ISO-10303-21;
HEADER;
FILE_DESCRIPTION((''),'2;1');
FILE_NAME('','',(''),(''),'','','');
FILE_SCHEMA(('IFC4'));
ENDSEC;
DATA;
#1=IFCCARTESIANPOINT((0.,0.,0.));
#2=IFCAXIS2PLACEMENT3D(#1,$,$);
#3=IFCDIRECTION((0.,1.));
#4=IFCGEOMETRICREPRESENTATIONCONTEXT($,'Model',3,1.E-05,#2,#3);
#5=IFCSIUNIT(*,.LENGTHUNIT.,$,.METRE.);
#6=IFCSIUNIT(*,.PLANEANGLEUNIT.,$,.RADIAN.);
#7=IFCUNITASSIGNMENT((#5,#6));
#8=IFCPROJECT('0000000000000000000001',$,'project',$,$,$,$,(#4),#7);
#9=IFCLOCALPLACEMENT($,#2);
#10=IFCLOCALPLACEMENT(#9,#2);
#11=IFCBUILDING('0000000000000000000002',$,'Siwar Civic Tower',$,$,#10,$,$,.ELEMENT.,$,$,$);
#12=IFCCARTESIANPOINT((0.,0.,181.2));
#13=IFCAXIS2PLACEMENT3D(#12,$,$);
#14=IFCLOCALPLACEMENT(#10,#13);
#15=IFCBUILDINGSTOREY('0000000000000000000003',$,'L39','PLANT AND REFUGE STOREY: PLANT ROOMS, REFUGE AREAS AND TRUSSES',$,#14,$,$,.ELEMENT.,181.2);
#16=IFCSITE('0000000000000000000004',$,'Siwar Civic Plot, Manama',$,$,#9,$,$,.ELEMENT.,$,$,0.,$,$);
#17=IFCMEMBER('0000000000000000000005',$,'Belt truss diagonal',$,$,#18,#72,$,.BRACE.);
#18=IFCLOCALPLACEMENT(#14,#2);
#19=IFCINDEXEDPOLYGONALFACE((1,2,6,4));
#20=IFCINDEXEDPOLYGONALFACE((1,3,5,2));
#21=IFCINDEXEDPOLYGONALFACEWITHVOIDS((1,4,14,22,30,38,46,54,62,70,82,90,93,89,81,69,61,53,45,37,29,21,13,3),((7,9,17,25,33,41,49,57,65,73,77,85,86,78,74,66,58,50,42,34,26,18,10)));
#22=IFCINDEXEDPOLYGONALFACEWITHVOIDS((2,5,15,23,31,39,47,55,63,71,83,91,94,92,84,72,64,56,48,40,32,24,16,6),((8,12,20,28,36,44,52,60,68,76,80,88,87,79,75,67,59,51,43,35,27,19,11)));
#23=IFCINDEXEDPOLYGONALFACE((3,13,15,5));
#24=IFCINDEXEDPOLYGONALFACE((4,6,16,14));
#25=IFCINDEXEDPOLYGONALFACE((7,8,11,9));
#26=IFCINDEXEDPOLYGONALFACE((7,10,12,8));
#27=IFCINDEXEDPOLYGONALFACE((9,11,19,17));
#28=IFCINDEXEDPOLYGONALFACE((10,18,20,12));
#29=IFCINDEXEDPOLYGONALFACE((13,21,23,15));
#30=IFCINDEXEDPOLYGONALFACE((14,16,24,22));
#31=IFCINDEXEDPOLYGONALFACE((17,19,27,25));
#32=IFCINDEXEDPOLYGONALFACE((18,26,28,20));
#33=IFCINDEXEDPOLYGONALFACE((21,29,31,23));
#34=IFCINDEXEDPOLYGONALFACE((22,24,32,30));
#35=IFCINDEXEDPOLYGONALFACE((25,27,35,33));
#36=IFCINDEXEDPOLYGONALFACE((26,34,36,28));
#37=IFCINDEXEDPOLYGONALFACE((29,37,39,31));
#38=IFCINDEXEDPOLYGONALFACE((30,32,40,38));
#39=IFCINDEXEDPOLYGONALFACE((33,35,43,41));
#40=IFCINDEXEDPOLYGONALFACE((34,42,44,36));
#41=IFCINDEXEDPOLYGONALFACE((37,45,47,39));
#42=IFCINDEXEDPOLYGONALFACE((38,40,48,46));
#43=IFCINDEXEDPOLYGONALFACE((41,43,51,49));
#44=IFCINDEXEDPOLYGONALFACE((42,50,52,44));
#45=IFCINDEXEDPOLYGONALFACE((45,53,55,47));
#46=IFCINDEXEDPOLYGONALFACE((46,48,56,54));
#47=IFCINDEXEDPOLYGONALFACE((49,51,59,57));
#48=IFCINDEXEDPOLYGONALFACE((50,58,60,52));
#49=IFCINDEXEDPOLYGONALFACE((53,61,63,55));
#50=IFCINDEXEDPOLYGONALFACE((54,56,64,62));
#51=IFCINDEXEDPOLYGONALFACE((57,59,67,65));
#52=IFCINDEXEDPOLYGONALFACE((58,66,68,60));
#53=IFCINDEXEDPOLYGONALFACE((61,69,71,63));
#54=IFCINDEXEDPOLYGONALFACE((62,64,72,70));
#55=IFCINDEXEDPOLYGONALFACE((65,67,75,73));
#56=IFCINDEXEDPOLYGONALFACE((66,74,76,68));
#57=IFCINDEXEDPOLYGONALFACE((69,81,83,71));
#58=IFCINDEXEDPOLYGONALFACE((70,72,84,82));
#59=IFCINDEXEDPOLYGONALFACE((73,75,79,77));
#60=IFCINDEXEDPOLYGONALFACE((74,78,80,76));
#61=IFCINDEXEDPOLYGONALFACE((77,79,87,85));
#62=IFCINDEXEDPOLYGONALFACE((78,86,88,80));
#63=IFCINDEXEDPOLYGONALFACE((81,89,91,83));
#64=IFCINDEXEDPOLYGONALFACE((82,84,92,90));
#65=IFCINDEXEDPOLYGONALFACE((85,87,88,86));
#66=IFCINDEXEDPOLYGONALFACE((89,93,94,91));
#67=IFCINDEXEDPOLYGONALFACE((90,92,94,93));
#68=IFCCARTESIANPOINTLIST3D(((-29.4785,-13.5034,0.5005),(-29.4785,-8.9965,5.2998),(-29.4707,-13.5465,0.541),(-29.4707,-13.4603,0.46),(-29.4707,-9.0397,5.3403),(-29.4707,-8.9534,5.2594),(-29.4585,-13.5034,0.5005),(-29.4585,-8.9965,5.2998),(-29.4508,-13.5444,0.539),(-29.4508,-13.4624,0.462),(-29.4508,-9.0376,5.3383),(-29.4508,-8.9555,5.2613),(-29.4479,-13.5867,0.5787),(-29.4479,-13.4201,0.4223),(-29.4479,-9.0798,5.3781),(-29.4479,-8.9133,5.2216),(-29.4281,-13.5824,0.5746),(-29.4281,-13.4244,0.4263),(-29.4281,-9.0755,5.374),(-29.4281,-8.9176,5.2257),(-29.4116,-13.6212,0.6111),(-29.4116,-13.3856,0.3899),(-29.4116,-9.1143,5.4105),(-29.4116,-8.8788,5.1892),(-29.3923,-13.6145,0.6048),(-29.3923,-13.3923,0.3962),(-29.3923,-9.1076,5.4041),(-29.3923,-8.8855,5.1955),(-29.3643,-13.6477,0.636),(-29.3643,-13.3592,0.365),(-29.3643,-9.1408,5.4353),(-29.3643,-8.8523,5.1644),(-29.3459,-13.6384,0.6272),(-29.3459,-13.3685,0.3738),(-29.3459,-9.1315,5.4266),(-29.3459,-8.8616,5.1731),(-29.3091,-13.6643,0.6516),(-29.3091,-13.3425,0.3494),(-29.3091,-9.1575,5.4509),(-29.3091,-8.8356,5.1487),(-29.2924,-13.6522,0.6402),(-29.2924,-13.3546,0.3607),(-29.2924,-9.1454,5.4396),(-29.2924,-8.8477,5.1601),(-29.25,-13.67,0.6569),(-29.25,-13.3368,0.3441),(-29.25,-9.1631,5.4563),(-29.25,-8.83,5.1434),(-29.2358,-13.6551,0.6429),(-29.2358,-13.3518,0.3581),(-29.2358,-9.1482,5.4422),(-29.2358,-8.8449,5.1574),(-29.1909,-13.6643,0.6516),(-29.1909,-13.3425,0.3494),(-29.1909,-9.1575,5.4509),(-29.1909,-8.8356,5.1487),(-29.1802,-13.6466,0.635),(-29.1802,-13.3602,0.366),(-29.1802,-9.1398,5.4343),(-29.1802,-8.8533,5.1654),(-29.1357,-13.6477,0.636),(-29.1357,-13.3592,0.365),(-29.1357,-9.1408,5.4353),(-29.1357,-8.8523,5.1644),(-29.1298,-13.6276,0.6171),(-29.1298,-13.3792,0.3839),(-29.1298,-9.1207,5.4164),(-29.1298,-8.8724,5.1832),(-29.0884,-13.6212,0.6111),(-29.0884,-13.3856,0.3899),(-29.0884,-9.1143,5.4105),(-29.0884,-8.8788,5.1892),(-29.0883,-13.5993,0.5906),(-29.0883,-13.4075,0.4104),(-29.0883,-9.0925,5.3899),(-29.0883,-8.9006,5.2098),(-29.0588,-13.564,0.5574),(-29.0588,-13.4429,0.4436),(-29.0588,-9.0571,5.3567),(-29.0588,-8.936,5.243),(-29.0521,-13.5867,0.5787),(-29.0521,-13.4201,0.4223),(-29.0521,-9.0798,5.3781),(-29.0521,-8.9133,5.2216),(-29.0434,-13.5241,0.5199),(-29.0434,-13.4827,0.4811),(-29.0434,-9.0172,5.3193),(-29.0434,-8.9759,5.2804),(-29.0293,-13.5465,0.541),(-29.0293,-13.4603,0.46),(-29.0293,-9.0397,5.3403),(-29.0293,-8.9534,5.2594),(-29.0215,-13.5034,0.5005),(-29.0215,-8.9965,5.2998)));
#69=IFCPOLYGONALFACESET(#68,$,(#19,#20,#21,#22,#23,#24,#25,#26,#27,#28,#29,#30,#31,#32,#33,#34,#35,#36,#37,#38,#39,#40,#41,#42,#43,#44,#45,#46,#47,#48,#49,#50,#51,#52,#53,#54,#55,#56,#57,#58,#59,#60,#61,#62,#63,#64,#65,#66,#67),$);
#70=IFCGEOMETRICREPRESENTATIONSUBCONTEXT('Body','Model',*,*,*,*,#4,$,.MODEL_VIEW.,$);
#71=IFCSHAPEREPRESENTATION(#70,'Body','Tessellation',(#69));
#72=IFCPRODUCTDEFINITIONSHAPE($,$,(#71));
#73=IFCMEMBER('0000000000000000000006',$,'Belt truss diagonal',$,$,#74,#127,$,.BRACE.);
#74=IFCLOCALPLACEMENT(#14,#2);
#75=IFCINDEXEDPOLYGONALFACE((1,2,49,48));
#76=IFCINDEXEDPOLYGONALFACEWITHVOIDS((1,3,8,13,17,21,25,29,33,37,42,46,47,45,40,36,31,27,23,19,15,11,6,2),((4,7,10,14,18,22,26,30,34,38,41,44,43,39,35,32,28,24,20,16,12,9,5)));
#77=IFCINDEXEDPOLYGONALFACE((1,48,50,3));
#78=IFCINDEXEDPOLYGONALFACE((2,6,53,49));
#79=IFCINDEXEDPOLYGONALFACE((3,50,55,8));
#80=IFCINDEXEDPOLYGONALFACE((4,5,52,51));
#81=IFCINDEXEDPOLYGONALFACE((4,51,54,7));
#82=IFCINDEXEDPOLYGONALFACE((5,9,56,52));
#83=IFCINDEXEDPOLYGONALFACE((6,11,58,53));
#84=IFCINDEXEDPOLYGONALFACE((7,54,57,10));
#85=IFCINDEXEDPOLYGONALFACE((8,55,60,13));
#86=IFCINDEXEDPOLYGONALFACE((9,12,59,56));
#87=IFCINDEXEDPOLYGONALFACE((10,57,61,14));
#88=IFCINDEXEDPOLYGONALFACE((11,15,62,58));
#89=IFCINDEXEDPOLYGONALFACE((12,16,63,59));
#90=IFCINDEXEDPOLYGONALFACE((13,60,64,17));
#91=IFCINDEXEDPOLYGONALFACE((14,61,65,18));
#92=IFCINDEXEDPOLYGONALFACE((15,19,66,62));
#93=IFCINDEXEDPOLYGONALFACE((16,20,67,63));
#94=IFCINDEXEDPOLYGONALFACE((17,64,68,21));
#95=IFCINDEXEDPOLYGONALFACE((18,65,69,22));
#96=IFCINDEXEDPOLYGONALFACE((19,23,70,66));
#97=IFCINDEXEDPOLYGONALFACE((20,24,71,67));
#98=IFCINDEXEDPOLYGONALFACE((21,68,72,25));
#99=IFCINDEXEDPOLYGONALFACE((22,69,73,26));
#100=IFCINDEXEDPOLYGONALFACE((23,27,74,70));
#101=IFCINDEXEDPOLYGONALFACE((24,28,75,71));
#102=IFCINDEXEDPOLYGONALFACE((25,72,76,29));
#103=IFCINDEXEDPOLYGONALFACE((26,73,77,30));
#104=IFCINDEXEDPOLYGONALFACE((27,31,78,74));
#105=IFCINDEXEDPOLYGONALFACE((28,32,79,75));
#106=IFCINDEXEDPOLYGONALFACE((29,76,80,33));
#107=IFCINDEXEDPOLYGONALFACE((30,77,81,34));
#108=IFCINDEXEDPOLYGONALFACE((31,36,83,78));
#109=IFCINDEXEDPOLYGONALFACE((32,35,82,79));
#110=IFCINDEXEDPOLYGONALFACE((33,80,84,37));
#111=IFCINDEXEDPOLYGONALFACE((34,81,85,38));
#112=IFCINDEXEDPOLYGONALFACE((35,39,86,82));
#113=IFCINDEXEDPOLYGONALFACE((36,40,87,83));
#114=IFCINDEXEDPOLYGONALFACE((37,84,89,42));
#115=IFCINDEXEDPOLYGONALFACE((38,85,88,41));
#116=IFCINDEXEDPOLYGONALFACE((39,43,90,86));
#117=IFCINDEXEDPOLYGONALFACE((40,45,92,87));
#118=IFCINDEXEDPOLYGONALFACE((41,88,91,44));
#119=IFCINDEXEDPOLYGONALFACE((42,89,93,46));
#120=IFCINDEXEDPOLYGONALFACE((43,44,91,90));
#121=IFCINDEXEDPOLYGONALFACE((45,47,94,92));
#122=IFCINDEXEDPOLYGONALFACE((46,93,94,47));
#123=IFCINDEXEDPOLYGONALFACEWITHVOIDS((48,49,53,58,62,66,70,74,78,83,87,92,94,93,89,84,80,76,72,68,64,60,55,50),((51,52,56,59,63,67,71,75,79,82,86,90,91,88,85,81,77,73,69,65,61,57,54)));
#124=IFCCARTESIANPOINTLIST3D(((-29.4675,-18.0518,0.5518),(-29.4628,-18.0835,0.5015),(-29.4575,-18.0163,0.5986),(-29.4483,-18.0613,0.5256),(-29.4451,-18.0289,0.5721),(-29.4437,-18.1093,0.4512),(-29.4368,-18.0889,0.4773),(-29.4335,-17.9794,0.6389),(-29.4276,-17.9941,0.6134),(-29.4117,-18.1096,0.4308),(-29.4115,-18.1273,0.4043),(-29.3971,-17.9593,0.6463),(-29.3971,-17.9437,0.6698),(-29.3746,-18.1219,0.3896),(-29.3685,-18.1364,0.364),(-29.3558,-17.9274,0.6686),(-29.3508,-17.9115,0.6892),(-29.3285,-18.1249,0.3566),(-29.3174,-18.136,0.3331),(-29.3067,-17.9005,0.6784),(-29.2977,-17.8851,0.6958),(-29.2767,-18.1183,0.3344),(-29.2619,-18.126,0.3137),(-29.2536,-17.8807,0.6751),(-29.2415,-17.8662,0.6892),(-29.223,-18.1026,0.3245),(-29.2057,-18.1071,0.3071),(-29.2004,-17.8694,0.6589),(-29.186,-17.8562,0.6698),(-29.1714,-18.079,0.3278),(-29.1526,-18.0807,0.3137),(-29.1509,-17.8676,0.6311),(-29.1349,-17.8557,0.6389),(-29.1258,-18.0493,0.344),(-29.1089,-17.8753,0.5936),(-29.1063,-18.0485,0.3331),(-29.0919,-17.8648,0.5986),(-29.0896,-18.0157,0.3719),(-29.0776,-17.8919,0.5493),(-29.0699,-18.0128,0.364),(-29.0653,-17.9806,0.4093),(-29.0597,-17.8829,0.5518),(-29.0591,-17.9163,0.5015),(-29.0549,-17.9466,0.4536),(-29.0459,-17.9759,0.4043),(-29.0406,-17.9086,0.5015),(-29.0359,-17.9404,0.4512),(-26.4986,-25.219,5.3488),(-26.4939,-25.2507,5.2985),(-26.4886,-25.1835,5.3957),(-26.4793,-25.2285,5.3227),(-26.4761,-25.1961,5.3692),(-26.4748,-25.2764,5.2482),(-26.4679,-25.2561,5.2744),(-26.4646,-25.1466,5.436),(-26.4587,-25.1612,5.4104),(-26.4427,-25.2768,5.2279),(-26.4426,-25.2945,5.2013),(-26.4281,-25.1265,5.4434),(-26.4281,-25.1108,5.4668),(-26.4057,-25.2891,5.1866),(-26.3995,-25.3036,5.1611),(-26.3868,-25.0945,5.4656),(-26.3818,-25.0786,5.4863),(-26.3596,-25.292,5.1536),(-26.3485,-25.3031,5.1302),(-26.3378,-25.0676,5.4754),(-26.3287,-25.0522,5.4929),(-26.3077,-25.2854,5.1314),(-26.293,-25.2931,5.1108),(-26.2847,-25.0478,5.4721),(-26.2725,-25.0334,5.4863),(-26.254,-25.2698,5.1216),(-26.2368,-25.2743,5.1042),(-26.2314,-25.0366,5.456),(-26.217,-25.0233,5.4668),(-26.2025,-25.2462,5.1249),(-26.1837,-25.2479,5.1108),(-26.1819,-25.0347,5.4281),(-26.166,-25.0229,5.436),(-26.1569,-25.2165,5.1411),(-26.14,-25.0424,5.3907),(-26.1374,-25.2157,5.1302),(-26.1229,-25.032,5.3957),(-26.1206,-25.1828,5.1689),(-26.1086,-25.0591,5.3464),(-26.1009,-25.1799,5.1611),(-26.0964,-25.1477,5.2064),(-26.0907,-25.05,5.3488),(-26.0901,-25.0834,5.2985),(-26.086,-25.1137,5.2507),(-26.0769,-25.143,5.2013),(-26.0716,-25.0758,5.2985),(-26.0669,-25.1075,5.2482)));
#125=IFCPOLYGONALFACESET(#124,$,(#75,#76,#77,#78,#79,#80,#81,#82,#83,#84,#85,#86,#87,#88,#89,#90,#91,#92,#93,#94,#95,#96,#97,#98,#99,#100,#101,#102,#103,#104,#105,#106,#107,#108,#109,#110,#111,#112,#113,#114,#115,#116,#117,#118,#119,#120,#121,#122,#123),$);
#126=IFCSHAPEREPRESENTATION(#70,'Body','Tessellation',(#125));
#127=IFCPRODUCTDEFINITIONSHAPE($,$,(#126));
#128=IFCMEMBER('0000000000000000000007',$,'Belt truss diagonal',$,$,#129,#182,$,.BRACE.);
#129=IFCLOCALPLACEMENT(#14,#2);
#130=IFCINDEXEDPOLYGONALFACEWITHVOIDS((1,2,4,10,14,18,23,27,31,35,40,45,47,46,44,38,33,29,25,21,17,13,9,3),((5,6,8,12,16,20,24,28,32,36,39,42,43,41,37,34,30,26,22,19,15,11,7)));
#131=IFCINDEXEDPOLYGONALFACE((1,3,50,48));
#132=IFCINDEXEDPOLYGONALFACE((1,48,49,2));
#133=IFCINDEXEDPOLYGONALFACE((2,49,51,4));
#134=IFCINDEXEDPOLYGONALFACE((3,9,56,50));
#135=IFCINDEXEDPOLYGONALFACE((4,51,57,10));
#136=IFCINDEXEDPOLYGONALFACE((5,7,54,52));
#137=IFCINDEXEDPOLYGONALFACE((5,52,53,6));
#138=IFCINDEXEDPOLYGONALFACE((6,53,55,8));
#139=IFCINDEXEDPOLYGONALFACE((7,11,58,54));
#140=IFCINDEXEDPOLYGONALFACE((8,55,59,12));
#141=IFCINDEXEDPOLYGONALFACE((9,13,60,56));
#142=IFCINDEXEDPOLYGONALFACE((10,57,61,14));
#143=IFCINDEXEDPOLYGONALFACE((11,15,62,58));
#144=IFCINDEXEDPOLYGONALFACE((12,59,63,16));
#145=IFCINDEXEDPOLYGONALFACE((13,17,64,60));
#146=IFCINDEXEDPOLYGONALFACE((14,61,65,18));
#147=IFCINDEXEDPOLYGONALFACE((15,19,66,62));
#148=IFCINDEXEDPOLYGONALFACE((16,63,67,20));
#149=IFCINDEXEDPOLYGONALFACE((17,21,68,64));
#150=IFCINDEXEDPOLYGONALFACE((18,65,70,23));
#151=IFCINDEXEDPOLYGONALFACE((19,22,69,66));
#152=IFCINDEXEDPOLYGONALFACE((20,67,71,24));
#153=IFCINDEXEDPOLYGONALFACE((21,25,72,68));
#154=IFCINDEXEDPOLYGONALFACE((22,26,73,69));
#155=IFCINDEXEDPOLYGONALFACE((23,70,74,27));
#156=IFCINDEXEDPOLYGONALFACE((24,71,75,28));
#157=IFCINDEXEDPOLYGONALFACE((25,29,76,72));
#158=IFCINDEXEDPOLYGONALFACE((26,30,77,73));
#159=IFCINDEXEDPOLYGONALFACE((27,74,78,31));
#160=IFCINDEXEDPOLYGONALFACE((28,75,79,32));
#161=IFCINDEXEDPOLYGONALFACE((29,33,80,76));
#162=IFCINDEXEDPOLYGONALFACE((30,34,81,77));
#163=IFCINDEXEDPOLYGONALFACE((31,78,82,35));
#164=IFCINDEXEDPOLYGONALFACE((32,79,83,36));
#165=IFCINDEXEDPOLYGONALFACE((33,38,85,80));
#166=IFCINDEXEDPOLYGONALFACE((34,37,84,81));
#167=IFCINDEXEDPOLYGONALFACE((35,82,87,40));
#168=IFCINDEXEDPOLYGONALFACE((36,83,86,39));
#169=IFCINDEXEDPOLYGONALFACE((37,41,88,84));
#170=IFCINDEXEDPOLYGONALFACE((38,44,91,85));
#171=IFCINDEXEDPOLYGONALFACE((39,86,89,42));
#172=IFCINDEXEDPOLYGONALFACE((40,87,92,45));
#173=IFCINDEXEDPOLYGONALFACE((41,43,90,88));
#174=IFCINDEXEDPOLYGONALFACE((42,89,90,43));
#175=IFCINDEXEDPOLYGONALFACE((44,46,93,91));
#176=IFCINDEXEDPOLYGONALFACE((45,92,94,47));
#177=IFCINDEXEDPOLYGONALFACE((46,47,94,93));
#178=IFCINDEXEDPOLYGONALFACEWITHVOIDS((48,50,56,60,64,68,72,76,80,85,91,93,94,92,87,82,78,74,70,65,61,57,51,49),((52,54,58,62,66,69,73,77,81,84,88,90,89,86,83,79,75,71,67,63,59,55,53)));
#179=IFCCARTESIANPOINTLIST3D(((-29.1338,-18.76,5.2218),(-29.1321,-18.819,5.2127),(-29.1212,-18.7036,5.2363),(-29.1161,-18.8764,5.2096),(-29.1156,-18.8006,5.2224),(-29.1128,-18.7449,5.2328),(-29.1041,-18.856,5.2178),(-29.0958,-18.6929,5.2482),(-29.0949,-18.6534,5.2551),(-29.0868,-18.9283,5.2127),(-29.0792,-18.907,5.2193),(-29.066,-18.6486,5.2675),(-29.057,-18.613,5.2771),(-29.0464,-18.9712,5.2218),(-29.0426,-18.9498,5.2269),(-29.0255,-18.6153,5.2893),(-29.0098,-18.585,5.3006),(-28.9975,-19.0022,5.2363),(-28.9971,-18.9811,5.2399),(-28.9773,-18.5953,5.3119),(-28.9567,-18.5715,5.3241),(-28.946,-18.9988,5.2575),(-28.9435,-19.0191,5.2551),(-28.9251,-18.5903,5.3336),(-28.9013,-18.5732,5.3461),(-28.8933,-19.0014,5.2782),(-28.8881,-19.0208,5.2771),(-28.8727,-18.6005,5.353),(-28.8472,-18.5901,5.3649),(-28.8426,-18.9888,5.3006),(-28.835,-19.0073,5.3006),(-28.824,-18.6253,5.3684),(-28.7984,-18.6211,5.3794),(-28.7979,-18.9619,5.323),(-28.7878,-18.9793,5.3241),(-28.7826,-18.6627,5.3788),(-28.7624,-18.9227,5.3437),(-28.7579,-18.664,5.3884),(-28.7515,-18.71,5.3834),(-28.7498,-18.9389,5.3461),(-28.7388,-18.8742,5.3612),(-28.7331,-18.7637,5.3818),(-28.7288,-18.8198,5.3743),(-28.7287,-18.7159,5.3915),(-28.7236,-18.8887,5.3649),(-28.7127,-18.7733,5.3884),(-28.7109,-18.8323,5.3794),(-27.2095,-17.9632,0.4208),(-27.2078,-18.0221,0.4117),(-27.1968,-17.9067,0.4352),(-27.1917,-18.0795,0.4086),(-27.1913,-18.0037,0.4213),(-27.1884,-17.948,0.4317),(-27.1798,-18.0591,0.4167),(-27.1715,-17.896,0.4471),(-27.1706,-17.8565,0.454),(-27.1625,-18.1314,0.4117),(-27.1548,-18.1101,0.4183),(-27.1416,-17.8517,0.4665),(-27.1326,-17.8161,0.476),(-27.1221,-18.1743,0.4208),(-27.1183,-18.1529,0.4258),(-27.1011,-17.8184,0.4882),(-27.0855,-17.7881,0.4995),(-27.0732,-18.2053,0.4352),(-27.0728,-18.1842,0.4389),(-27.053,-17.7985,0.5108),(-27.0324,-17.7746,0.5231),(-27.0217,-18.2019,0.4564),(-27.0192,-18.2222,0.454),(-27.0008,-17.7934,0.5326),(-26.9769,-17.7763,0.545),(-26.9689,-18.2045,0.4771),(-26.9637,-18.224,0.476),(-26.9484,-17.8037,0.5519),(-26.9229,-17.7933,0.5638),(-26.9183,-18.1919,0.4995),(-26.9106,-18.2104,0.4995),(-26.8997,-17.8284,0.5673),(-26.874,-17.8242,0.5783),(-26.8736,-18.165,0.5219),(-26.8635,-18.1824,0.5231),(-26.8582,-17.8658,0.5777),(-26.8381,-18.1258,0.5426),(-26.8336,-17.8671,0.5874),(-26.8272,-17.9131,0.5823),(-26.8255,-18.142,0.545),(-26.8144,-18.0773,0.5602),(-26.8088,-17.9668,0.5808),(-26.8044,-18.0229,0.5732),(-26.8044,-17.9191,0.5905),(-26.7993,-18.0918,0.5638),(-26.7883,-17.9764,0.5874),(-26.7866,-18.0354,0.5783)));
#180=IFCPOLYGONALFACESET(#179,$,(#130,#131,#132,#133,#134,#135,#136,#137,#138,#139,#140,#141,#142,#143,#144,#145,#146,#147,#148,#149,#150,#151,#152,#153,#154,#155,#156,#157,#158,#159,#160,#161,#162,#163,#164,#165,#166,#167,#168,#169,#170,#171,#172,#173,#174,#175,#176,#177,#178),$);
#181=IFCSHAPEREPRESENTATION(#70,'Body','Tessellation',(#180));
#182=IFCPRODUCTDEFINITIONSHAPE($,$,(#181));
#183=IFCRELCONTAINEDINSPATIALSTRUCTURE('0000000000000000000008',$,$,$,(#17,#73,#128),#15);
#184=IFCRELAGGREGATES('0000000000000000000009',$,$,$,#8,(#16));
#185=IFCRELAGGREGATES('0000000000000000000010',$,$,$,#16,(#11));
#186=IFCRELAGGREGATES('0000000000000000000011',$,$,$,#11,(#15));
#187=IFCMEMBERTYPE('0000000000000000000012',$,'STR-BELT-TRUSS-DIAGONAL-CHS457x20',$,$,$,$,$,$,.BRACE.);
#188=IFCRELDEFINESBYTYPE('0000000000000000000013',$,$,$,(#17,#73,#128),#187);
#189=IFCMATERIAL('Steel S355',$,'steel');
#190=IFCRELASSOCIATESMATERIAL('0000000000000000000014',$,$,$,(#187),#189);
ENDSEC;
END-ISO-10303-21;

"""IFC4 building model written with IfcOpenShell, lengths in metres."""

from ifc_helpers import new_model, si_unit, direction, frame, origin, origin_2d, place, context, subcontext, project, spatial, hollow_circle, extrude, material, material_profile, profile_set, type_object, element, save


model = new_model("IFC4")

# Units and contexts
model_context = context("Model", 3, precision=1e-05, world=origin(), true_north=direction((0.0, 1.0)))
body_context = subcontext(model_context, "Body", "Model", "MODEL_VIEW")
ifc_project = project(units=[si_unit("LENGTHUNIT", "METRE"), si_unit("PLANEANGLEUNIT", "RADIAN")], contexts=[model_context])

# Site, building, storey
site_placement = place(None, origin())
site = spatial("IfcSite", under=ifc_project, at=site_placement, Name="Siwar Civic Plot, Manama", CompositionType="ELEMENT", RefElevation=0.0)
building_placement = place(site_placement, origin())
building = spatial("IfcBuilding", under=site, at=building_placement, Name="Siwar Civic Tower", CompositionType="ELEMENT")
storey_placement = place(building_placement, frame((0.0, 0.0, 181.2)))
storey = spatial("IfcBuildingStorey", under=building, at=storey_placement, Name="L39", Description="PLANT AND REFUGE STOREY: PLANT ROOMS, REFUGE AREAS AND TRUSSES", CompositionType="ELEMENT", Elevation=181.2)

# Members
ifc_material_1 = material(Name="Steel S355", Category="steel")
ifc_material_profile_1 = material_profile(ifc_material_1, hollow_circle(Radius=0.2285, WallThickness=0.02, at=origin_2d()), Name="CHS457x20")
ifc_profile_set_1 = profile_set([ifc_material_profile_1], Name="Steel S355")
member_type_1 = type_object("IfcMemberType", Name="STR-BELT-TRUSS-DIAGONAL-CHS457x20", PredefinedType="BRACE", material=ifc_profile_set_1)
member_1_placement = place(storey_placement, frame((-29.25, -13.5034, 0.5005), z_axis=(0.0, 0.684545, 0.72897), x_axis=(-1.0, 0.0, 0.0)))
element("IfcMember", 1, at=member_1_placement, inside=storey, type_object=member_type_1, Name="Belt truss diagonal", PredefinedType="BRACE", context=body_context, shape_type="SweptSolid", body=[
    extrude(hollow_circle(Radius=0.2285, WallThickness=0.02, at=origin_2d()), origin(), (0.0, 0.0, 1.0), 6.5837),
])
member_2_placement = place(storey_placement, frame((-29.2517, -17.9961, 0.5015), z_axis=(0.325504, -0.785777, 0.52593), x_axis=(0.923869, 0.382708, 0.0)))
element("IfcMember", 2, at=member_2_placement, inside=storey, type_object=member_type_1, Name="Belt truss diagonal", PredefinedType="BRACE", context=body_context, shape_type="SweptSolid", body=[
    extrude(hollow_circle(Radius=0.2285, WallThickness=0.02, at=origin_2d()), origin(), (0.0, 0.0, 1.0), 9.1211),
])
member_3_placement = place(storey_placement, frame((-26.998, -17.9993, 0.4995), z_axis=(-0.367703, -0.152269, 0.917392), x_axis=(0.3826, -0.923914, 0.0)))
element("IfcMember", 3, at=member_3_placement, inside=storey, type_object=member_type_1, Name="Belt truss diagonal", PredefinedType="BRACE", context=body_context, shape_type="SweptSolid", body=[
    extrude(hollow_circle(Radius=0.2285, WallThickness=0.02, at=origin_2d()), origin(), (0.0, 0.0, 1.0), 5.2334),
])

save(model, "model.ifc")
